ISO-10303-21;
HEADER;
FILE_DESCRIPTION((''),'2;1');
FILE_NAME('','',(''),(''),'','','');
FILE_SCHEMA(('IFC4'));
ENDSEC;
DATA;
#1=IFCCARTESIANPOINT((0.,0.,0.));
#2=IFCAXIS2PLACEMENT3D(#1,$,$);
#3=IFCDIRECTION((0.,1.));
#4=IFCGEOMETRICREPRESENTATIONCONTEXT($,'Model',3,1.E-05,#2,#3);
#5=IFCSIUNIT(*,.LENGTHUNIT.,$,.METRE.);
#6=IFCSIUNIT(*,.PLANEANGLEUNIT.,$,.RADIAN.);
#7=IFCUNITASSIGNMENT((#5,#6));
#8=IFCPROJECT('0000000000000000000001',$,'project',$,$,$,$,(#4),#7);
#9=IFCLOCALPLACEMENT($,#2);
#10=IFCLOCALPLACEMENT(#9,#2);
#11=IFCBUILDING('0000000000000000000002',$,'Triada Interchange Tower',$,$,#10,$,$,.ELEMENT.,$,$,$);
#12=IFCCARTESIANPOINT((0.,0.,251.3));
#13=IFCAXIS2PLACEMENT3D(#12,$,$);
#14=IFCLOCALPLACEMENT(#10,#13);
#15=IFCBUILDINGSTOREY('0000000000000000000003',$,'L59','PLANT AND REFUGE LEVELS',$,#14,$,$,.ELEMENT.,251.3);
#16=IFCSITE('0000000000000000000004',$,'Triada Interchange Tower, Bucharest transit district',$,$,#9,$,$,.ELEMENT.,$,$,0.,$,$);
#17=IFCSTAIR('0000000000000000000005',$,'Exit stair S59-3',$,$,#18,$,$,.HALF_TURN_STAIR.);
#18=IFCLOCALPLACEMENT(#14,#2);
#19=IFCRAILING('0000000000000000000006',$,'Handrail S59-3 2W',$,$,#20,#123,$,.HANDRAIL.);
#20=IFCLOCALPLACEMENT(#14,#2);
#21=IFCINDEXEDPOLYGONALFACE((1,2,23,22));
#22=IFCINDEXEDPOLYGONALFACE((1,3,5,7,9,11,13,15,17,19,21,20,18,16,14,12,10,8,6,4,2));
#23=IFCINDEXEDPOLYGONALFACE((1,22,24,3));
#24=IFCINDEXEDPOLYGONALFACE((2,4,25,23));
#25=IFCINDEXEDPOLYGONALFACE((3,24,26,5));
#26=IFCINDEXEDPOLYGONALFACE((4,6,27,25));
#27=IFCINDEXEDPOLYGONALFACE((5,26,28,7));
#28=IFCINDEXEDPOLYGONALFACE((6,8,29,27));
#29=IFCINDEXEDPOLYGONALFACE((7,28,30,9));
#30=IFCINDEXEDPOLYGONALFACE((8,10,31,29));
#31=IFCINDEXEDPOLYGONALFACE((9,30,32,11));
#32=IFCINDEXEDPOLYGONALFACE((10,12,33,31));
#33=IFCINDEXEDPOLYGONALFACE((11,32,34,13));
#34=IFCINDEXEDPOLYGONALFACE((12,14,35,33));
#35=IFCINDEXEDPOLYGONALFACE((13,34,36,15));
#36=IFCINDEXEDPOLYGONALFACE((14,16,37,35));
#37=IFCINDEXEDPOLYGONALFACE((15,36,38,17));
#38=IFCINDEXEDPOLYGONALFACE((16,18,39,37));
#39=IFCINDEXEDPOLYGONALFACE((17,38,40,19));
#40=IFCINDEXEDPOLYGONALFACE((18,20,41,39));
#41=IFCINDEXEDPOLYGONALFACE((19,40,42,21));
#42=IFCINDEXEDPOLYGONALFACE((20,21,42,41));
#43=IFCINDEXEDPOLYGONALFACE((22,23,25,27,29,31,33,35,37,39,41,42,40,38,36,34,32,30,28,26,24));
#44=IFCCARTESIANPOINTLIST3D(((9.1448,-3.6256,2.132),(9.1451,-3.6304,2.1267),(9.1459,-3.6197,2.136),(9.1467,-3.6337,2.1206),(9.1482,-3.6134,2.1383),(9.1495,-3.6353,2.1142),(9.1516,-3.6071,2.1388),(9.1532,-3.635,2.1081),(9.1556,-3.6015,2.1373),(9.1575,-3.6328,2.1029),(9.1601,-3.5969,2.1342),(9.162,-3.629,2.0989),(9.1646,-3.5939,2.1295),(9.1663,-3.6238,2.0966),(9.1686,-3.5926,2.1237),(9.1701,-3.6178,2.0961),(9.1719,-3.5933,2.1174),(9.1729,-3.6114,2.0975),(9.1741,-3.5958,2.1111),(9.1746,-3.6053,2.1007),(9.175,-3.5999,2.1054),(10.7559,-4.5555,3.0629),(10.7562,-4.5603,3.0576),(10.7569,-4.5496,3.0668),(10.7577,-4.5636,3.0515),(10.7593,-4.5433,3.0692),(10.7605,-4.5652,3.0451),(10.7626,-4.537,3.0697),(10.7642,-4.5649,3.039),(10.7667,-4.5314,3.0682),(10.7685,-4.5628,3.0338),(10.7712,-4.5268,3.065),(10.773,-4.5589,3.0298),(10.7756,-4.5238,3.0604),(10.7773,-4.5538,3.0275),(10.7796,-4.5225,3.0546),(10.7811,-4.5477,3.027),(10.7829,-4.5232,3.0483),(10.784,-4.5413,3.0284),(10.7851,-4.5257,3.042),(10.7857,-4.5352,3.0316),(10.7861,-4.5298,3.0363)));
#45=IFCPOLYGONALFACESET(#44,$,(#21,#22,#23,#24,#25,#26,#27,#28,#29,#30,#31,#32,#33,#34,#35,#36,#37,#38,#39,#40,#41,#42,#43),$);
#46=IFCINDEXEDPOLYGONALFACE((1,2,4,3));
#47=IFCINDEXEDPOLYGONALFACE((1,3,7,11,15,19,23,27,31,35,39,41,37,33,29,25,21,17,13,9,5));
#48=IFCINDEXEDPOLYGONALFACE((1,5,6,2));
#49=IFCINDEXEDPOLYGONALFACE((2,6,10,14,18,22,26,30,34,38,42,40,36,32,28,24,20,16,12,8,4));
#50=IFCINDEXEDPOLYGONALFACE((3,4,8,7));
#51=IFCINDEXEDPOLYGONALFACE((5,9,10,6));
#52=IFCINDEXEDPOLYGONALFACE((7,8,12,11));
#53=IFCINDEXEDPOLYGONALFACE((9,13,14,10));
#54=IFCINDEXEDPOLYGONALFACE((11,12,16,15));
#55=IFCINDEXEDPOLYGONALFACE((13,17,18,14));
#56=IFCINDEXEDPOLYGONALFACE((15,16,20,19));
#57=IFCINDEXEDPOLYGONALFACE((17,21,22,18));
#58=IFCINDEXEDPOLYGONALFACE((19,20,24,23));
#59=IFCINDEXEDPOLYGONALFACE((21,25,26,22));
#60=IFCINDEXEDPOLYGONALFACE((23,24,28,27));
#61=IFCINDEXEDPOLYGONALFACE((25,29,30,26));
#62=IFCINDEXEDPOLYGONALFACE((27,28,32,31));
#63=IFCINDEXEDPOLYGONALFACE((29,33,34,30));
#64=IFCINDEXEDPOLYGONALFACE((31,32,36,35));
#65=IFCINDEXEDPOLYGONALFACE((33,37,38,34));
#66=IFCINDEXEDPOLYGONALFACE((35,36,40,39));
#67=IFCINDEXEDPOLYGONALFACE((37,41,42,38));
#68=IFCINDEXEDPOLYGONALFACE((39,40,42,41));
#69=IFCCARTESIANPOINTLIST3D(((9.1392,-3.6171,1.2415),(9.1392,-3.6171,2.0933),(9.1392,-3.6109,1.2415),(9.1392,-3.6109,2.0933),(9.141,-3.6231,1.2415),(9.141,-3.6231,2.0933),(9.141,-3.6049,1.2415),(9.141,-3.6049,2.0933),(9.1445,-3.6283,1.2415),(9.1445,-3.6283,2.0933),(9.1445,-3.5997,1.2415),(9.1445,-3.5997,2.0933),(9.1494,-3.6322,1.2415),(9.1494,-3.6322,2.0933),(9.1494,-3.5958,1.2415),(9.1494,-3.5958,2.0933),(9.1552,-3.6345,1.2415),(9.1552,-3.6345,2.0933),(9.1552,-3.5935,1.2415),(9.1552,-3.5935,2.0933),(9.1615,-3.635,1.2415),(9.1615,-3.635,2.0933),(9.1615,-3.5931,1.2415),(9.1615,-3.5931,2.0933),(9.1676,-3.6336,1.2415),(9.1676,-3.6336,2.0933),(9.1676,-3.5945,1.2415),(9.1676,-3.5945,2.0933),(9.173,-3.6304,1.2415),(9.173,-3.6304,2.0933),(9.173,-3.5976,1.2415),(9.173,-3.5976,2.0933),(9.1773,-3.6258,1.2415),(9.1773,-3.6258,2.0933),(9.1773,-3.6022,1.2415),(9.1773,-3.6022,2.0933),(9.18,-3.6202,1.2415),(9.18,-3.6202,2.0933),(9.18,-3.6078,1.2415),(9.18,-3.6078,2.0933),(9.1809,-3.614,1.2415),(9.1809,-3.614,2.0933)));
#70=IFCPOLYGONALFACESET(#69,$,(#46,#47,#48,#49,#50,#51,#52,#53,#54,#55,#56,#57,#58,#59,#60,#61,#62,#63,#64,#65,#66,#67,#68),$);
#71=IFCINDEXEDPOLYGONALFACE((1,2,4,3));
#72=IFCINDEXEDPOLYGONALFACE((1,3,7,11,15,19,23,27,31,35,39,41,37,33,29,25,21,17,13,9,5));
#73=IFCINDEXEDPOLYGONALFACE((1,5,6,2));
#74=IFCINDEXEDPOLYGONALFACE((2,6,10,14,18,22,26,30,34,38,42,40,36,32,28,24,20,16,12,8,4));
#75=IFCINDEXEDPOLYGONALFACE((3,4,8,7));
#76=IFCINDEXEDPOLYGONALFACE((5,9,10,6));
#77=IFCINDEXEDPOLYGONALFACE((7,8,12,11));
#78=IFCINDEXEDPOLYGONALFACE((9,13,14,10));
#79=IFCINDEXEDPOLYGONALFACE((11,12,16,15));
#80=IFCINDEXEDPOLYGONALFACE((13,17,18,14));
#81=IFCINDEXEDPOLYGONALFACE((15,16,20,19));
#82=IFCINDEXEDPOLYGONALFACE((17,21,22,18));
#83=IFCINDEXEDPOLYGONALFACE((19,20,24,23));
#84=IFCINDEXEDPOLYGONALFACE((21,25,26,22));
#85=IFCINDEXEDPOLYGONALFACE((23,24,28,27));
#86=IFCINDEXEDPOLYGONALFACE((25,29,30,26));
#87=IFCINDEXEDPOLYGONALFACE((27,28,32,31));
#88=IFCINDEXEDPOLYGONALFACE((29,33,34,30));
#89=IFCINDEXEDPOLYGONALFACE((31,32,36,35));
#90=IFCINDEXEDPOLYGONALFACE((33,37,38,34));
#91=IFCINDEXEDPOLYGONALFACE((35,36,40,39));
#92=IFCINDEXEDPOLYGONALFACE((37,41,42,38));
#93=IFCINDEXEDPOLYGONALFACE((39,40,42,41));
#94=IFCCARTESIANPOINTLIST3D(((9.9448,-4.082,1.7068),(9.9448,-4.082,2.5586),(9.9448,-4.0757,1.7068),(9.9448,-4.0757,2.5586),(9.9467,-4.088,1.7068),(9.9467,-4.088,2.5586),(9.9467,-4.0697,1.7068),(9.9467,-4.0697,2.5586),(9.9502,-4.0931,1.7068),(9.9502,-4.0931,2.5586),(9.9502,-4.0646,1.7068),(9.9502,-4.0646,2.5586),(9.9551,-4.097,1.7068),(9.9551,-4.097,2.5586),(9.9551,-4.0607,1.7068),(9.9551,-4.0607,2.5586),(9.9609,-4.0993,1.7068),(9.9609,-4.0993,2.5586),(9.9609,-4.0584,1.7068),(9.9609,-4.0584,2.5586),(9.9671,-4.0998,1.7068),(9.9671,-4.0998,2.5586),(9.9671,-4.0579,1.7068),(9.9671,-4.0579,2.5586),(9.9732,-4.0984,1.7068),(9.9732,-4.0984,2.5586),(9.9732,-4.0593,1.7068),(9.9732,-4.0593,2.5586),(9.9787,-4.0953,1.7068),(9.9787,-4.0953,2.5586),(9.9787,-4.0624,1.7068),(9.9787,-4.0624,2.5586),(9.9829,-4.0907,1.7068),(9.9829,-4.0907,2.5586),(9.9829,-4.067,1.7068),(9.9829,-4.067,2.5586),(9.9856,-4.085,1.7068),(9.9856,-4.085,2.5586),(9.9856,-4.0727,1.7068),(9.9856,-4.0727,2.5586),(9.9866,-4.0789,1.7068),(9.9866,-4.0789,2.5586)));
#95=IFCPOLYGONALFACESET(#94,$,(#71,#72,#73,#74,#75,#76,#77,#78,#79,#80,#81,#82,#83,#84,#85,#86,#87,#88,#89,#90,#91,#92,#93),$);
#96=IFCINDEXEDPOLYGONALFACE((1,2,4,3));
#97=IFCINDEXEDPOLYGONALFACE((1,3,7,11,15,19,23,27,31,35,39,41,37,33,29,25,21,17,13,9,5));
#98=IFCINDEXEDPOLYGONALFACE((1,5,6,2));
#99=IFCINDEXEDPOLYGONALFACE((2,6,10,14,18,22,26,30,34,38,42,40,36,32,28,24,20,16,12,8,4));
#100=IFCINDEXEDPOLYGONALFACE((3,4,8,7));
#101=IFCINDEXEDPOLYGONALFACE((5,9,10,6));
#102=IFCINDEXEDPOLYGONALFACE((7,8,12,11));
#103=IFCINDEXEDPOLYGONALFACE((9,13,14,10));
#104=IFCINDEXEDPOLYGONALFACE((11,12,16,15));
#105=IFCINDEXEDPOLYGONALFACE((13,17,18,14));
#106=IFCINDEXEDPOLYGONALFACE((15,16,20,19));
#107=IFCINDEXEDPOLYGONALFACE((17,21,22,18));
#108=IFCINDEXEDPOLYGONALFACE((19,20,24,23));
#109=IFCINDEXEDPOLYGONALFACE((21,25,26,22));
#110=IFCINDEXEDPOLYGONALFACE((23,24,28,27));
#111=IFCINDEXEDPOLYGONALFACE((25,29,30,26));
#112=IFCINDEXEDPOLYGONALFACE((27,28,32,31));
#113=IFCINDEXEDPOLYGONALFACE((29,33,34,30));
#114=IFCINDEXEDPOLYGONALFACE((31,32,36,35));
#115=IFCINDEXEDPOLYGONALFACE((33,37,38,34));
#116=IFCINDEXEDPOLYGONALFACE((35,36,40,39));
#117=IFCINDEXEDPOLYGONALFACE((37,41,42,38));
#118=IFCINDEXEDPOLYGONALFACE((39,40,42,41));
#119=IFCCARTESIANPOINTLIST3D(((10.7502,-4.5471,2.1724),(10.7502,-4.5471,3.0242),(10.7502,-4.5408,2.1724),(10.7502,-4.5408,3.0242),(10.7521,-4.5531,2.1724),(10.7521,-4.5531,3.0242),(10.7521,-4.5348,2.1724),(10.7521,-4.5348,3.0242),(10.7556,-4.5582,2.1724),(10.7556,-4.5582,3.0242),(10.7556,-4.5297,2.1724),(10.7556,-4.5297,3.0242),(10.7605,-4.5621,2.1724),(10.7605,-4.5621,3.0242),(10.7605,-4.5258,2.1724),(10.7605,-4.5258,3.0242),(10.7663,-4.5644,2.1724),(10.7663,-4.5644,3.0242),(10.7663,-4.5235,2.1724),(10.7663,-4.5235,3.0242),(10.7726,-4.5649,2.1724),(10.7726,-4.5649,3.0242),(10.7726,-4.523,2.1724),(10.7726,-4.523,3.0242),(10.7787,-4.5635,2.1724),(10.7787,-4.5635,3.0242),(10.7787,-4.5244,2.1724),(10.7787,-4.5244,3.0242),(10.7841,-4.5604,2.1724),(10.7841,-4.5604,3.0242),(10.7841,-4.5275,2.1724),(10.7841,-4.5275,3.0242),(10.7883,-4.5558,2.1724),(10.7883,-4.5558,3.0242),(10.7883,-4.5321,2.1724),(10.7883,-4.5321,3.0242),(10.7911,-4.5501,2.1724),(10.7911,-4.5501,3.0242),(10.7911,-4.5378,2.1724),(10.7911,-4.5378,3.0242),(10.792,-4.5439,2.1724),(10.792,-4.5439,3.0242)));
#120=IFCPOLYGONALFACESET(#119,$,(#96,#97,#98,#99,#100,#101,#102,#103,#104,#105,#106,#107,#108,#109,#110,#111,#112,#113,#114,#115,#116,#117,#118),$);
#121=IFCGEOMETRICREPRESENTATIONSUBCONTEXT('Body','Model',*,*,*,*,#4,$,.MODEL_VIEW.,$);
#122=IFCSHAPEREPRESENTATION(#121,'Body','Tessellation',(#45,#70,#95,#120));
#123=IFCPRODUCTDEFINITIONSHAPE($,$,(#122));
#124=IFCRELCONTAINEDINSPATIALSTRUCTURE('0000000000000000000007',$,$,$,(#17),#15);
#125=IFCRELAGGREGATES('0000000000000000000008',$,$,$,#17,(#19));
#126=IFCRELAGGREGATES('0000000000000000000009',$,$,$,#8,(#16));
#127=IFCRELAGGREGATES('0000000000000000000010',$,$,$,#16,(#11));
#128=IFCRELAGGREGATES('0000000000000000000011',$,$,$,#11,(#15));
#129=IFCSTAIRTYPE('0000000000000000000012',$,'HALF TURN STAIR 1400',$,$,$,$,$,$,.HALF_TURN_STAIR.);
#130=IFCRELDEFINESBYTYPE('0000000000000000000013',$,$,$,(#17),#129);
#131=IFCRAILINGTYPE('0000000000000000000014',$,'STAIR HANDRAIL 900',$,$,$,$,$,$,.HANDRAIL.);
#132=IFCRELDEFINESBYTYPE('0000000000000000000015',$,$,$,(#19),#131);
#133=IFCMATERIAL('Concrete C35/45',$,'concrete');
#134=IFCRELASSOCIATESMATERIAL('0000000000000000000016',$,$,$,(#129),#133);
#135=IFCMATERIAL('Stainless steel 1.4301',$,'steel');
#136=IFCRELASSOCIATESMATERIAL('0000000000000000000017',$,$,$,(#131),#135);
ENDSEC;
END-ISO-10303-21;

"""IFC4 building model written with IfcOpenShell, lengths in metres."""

from ifc_helpers import new_model, si_unit, direction, frame, origin, origin_2d, place, context, subcontext, project, spatial, circle, extrude, material, type_object, element, aggregate, save


model = new_model("IFC4")

# Units and contexts
model_context = context("Model", 3, precision=1e-05, world=origin(), true_north=direction((0.0, 1.0)))
body_context = subcontext(model_context, "Body", "Model", "MODEL_VIEW")
ifc_project = project(units=[si_unit("LENGTHUNIT", "METRE"), si_unit("PLANEANGLEUNIT", "RADIAN")], contexts=[model_context])

# Site, building, storey
site_placement = place(None, origin())
site = spatial("IfcSite", under=ifc_project, at=site_placement, Name="Triada Interchange Tower, Bucharest transit district", CompositionType="ELEMENT", RefElevation=0.0)
building_placement = place(site_placement, origin())
building = spatial("IfcBuilding", under=site, at=building_placement, Name="Triada Interchange Tower", CompositionType="ELEMENT")
storey_placement = place(building_placement, frame((0.0, 0.0, 251.3)))
storey = spatial("IfcBuildingStorey", under=building, at=storey_placement, Name="L59", Description="PLANT AND REFUGE LEVELS", CompositionType="ELEMENT", Elevation=251.3)

# Shared definitions
ifc_material_1 = material(Name="Concrete C35/45", Category="concrete")

# Stair, railing
stair_type = type_object("IfcStairType", Name="HALF TURN STAIR 1400", PredefinedType="HALF_TURN_STAIR", material=ifc_material_1)
stair_placement = place(storey_placement, origin())
stair = element("IfcStair", 1, at=stair_placement, inside=storey, type_object=stair_type, Name="Exit stair S59-3", PredefinedType="HALF_TURN_STAIR")
ifc_material_2 = material(Name="Stainless steel 1.4301", Category="steel")
railing_type = type_object("IfcRailingType", Name="STAIR HANDRAIL 900", PredefinedType="HANDRAIL", material=ifc_material_2)
railing_1_placement = place(storey_placement, frame((9.1599, -3.614, 1.2415)))
railing_1 = element("IfcRailing", 2, at=railing_1_placement, type_object=railing_type, Name="Handrail S59-3 2W", PredefinedType="HANDRAIL", context=body_context, shape_type="SweptSolid", body=[
    extrude(circle(Radius=0.0239, at=origin_2d()), frame((0.0, 0.0, 0.876), z_axis=(0.77451, -0.447054, 0.447523), x_axis=(0.499908, 0.866079, 0.0)), (0.0, 0.0, 1.0), 2.0801),
    extrude(circle(Radius=0.021, at=origin_2d()), origin(), (0.0, 0.0, 1.0), 0.8518),
    extrude(circle(Radius=0.021, at=origin_2d()), frame((0.8057, -0.4648, 0.4653)), (0.0, 0.0, 1.0), 0.8518),
    extrude(circle(Radius=0.021, at=origin_2d()), frame((1.6111, -0.9299, 0.9309)), (0.0, 0.0, 1.0), 0.8518),
])
aggregate(stair, [railing_1])

save(model, "model.ifc")
